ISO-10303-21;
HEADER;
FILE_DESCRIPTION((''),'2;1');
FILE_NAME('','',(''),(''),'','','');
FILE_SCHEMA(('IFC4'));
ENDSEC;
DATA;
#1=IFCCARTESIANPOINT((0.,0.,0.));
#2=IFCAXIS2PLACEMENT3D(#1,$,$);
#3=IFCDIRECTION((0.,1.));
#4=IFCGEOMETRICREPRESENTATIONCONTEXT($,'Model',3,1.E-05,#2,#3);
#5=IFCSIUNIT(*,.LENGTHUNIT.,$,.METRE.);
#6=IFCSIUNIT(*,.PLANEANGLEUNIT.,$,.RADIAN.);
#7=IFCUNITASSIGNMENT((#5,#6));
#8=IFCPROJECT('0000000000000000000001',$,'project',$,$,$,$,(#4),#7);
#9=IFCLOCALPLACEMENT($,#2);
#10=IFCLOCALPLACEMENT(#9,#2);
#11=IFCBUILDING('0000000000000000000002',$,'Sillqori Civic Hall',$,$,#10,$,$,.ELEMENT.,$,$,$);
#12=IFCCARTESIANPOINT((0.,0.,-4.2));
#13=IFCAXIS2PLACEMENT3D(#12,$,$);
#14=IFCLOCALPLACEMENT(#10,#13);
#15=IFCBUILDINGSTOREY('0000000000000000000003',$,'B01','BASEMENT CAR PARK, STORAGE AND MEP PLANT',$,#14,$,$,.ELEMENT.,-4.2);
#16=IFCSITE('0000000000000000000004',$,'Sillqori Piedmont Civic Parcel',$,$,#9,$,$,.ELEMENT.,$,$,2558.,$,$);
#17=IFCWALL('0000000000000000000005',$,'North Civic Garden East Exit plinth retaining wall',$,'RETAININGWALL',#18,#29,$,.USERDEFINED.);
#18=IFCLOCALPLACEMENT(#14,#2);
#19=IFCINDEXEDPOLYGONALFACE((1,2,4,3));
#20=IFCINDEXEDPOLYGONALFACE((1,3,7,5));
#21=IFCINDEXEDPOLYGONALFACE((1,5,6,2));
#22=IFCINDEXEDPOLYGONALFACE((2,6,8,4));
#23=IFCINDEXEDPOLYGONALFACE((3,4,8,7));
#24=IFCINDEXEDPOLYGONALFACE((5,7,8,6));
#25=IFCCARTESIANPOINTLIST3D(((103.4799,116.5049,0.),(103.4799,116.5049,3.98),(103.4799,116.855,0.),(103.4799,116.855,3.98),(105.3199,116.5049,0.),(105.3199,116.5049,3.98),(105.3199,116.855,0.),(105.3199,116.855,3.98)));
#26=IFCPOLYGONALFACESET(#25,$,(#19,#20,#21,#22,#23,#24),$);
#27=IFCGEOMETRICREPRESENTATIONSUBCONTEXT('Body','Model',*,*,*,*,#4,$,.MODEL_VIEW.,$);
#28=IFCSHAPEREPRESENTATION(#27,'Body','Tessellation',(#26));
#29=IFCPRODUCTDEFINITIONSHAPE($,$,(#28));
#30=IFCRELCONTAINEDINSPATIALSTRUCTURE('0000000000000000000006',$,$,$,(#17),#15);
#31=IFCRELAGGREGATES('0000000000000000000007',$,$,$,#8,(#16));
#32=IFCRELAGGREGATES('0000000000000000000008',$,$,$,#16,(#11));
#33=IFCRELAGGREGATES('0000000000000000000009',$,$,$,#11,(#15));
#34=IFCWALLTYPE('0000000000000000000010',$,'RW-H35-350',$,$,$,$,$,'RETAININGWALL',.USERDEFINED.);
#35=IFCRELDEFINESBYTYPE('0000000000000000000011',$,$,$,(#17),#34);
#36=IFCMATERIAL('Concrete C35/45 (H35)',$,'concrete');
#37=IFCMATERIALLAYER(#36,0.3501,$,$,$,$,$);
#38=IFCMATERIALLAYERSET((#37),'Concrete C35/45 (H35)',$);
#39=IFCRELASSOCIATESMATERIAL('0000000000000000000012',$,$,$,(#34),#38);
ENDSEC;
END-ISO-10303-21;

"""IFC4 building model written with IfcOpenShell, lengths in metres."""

from ifc_helpers import new_model, si_unit, direction, frame, frame_2d, origin, place, context, subcontext, project, spatial, rectangle, extrude, material, layer, layer_set, type_object, element, save


model = new_model("IFC4")

# Units and contexts
model_context = context("Model", 3, precision=1e-05, world=origin(), true_north=direction((0.0, 1.0)))
body_context = subcontext(model_context, "Body", "Model", "MODEL_VIEW")
ifc_project = project(units=[si_unit("LENGTHUNIT", "METRE"), si_unit("PLANEANGLEUNIT", "RADIAN")], contexts=[model_context])

# Site, building, storey
site_placement = place(None, origin())
site = spatial("IfcSite", under=ifc_project, at=site_placement, Name="Sillqori Piedmont Civic Parcel", CompositionType="ELEMENT", RefElevation=2558.0)
building_placement = place(site_placement, origin())
building = spatial("IfcBuilding", under=site, at=building_placement, Name="Sillqori Civic Hall", CompositionType="ELEMENT")
storey_placement = place(building_placement, frame((0.0, 0.0, -4.2)))
storey = spatial("IfcBuildingStorey", under=building, at=storey_placement, Name="B01", Description="BASEMENT CAR PARK, STORAGE AND MEP PLANT", CompositionType="ELEMENT", Elevation=-4.2)

# Shared definitions
ifc_material_1 = material(Name="Concrete C35/45 (H35)", Category="concrete")

# Wall
ifc_layer = layer(ifc_material_1, 0.3501)
ifc_layer_set = layer_set([ifc_layer], Name="Concrete C35/45 (H35)")
wall_type = type_object("IfcWallType", Name="RW-H35-350", ElementType="RETAININGWALL", PredefinedType="USERDEFINED", material=ifc_layer_set)
wall_placement = place(storey_placement, frame((103.48, 116.6799, 0.0), z_axis=(0.0, 0.0, 1.0), x_axis=(1.0, 0.0, 0.0)))
element("IfcWall", 1, at=wall_placement, inside=storey, type_object=wall_type, Name="North Civic Garden East Exit plinth retaining wall", ObjectType="RETAININGWALL", PredefinedType="USERDEFINED", context=body_context, shape_type="SweptSolid", body=[
    extrude(rectangle(XDim=1.8401, YDim=0.3501, at=frame_2d((0.9199, 0.0))), origin(), (0.0, 0.0, 1.0), 3.98),
])

save(model, "model.ifc")
